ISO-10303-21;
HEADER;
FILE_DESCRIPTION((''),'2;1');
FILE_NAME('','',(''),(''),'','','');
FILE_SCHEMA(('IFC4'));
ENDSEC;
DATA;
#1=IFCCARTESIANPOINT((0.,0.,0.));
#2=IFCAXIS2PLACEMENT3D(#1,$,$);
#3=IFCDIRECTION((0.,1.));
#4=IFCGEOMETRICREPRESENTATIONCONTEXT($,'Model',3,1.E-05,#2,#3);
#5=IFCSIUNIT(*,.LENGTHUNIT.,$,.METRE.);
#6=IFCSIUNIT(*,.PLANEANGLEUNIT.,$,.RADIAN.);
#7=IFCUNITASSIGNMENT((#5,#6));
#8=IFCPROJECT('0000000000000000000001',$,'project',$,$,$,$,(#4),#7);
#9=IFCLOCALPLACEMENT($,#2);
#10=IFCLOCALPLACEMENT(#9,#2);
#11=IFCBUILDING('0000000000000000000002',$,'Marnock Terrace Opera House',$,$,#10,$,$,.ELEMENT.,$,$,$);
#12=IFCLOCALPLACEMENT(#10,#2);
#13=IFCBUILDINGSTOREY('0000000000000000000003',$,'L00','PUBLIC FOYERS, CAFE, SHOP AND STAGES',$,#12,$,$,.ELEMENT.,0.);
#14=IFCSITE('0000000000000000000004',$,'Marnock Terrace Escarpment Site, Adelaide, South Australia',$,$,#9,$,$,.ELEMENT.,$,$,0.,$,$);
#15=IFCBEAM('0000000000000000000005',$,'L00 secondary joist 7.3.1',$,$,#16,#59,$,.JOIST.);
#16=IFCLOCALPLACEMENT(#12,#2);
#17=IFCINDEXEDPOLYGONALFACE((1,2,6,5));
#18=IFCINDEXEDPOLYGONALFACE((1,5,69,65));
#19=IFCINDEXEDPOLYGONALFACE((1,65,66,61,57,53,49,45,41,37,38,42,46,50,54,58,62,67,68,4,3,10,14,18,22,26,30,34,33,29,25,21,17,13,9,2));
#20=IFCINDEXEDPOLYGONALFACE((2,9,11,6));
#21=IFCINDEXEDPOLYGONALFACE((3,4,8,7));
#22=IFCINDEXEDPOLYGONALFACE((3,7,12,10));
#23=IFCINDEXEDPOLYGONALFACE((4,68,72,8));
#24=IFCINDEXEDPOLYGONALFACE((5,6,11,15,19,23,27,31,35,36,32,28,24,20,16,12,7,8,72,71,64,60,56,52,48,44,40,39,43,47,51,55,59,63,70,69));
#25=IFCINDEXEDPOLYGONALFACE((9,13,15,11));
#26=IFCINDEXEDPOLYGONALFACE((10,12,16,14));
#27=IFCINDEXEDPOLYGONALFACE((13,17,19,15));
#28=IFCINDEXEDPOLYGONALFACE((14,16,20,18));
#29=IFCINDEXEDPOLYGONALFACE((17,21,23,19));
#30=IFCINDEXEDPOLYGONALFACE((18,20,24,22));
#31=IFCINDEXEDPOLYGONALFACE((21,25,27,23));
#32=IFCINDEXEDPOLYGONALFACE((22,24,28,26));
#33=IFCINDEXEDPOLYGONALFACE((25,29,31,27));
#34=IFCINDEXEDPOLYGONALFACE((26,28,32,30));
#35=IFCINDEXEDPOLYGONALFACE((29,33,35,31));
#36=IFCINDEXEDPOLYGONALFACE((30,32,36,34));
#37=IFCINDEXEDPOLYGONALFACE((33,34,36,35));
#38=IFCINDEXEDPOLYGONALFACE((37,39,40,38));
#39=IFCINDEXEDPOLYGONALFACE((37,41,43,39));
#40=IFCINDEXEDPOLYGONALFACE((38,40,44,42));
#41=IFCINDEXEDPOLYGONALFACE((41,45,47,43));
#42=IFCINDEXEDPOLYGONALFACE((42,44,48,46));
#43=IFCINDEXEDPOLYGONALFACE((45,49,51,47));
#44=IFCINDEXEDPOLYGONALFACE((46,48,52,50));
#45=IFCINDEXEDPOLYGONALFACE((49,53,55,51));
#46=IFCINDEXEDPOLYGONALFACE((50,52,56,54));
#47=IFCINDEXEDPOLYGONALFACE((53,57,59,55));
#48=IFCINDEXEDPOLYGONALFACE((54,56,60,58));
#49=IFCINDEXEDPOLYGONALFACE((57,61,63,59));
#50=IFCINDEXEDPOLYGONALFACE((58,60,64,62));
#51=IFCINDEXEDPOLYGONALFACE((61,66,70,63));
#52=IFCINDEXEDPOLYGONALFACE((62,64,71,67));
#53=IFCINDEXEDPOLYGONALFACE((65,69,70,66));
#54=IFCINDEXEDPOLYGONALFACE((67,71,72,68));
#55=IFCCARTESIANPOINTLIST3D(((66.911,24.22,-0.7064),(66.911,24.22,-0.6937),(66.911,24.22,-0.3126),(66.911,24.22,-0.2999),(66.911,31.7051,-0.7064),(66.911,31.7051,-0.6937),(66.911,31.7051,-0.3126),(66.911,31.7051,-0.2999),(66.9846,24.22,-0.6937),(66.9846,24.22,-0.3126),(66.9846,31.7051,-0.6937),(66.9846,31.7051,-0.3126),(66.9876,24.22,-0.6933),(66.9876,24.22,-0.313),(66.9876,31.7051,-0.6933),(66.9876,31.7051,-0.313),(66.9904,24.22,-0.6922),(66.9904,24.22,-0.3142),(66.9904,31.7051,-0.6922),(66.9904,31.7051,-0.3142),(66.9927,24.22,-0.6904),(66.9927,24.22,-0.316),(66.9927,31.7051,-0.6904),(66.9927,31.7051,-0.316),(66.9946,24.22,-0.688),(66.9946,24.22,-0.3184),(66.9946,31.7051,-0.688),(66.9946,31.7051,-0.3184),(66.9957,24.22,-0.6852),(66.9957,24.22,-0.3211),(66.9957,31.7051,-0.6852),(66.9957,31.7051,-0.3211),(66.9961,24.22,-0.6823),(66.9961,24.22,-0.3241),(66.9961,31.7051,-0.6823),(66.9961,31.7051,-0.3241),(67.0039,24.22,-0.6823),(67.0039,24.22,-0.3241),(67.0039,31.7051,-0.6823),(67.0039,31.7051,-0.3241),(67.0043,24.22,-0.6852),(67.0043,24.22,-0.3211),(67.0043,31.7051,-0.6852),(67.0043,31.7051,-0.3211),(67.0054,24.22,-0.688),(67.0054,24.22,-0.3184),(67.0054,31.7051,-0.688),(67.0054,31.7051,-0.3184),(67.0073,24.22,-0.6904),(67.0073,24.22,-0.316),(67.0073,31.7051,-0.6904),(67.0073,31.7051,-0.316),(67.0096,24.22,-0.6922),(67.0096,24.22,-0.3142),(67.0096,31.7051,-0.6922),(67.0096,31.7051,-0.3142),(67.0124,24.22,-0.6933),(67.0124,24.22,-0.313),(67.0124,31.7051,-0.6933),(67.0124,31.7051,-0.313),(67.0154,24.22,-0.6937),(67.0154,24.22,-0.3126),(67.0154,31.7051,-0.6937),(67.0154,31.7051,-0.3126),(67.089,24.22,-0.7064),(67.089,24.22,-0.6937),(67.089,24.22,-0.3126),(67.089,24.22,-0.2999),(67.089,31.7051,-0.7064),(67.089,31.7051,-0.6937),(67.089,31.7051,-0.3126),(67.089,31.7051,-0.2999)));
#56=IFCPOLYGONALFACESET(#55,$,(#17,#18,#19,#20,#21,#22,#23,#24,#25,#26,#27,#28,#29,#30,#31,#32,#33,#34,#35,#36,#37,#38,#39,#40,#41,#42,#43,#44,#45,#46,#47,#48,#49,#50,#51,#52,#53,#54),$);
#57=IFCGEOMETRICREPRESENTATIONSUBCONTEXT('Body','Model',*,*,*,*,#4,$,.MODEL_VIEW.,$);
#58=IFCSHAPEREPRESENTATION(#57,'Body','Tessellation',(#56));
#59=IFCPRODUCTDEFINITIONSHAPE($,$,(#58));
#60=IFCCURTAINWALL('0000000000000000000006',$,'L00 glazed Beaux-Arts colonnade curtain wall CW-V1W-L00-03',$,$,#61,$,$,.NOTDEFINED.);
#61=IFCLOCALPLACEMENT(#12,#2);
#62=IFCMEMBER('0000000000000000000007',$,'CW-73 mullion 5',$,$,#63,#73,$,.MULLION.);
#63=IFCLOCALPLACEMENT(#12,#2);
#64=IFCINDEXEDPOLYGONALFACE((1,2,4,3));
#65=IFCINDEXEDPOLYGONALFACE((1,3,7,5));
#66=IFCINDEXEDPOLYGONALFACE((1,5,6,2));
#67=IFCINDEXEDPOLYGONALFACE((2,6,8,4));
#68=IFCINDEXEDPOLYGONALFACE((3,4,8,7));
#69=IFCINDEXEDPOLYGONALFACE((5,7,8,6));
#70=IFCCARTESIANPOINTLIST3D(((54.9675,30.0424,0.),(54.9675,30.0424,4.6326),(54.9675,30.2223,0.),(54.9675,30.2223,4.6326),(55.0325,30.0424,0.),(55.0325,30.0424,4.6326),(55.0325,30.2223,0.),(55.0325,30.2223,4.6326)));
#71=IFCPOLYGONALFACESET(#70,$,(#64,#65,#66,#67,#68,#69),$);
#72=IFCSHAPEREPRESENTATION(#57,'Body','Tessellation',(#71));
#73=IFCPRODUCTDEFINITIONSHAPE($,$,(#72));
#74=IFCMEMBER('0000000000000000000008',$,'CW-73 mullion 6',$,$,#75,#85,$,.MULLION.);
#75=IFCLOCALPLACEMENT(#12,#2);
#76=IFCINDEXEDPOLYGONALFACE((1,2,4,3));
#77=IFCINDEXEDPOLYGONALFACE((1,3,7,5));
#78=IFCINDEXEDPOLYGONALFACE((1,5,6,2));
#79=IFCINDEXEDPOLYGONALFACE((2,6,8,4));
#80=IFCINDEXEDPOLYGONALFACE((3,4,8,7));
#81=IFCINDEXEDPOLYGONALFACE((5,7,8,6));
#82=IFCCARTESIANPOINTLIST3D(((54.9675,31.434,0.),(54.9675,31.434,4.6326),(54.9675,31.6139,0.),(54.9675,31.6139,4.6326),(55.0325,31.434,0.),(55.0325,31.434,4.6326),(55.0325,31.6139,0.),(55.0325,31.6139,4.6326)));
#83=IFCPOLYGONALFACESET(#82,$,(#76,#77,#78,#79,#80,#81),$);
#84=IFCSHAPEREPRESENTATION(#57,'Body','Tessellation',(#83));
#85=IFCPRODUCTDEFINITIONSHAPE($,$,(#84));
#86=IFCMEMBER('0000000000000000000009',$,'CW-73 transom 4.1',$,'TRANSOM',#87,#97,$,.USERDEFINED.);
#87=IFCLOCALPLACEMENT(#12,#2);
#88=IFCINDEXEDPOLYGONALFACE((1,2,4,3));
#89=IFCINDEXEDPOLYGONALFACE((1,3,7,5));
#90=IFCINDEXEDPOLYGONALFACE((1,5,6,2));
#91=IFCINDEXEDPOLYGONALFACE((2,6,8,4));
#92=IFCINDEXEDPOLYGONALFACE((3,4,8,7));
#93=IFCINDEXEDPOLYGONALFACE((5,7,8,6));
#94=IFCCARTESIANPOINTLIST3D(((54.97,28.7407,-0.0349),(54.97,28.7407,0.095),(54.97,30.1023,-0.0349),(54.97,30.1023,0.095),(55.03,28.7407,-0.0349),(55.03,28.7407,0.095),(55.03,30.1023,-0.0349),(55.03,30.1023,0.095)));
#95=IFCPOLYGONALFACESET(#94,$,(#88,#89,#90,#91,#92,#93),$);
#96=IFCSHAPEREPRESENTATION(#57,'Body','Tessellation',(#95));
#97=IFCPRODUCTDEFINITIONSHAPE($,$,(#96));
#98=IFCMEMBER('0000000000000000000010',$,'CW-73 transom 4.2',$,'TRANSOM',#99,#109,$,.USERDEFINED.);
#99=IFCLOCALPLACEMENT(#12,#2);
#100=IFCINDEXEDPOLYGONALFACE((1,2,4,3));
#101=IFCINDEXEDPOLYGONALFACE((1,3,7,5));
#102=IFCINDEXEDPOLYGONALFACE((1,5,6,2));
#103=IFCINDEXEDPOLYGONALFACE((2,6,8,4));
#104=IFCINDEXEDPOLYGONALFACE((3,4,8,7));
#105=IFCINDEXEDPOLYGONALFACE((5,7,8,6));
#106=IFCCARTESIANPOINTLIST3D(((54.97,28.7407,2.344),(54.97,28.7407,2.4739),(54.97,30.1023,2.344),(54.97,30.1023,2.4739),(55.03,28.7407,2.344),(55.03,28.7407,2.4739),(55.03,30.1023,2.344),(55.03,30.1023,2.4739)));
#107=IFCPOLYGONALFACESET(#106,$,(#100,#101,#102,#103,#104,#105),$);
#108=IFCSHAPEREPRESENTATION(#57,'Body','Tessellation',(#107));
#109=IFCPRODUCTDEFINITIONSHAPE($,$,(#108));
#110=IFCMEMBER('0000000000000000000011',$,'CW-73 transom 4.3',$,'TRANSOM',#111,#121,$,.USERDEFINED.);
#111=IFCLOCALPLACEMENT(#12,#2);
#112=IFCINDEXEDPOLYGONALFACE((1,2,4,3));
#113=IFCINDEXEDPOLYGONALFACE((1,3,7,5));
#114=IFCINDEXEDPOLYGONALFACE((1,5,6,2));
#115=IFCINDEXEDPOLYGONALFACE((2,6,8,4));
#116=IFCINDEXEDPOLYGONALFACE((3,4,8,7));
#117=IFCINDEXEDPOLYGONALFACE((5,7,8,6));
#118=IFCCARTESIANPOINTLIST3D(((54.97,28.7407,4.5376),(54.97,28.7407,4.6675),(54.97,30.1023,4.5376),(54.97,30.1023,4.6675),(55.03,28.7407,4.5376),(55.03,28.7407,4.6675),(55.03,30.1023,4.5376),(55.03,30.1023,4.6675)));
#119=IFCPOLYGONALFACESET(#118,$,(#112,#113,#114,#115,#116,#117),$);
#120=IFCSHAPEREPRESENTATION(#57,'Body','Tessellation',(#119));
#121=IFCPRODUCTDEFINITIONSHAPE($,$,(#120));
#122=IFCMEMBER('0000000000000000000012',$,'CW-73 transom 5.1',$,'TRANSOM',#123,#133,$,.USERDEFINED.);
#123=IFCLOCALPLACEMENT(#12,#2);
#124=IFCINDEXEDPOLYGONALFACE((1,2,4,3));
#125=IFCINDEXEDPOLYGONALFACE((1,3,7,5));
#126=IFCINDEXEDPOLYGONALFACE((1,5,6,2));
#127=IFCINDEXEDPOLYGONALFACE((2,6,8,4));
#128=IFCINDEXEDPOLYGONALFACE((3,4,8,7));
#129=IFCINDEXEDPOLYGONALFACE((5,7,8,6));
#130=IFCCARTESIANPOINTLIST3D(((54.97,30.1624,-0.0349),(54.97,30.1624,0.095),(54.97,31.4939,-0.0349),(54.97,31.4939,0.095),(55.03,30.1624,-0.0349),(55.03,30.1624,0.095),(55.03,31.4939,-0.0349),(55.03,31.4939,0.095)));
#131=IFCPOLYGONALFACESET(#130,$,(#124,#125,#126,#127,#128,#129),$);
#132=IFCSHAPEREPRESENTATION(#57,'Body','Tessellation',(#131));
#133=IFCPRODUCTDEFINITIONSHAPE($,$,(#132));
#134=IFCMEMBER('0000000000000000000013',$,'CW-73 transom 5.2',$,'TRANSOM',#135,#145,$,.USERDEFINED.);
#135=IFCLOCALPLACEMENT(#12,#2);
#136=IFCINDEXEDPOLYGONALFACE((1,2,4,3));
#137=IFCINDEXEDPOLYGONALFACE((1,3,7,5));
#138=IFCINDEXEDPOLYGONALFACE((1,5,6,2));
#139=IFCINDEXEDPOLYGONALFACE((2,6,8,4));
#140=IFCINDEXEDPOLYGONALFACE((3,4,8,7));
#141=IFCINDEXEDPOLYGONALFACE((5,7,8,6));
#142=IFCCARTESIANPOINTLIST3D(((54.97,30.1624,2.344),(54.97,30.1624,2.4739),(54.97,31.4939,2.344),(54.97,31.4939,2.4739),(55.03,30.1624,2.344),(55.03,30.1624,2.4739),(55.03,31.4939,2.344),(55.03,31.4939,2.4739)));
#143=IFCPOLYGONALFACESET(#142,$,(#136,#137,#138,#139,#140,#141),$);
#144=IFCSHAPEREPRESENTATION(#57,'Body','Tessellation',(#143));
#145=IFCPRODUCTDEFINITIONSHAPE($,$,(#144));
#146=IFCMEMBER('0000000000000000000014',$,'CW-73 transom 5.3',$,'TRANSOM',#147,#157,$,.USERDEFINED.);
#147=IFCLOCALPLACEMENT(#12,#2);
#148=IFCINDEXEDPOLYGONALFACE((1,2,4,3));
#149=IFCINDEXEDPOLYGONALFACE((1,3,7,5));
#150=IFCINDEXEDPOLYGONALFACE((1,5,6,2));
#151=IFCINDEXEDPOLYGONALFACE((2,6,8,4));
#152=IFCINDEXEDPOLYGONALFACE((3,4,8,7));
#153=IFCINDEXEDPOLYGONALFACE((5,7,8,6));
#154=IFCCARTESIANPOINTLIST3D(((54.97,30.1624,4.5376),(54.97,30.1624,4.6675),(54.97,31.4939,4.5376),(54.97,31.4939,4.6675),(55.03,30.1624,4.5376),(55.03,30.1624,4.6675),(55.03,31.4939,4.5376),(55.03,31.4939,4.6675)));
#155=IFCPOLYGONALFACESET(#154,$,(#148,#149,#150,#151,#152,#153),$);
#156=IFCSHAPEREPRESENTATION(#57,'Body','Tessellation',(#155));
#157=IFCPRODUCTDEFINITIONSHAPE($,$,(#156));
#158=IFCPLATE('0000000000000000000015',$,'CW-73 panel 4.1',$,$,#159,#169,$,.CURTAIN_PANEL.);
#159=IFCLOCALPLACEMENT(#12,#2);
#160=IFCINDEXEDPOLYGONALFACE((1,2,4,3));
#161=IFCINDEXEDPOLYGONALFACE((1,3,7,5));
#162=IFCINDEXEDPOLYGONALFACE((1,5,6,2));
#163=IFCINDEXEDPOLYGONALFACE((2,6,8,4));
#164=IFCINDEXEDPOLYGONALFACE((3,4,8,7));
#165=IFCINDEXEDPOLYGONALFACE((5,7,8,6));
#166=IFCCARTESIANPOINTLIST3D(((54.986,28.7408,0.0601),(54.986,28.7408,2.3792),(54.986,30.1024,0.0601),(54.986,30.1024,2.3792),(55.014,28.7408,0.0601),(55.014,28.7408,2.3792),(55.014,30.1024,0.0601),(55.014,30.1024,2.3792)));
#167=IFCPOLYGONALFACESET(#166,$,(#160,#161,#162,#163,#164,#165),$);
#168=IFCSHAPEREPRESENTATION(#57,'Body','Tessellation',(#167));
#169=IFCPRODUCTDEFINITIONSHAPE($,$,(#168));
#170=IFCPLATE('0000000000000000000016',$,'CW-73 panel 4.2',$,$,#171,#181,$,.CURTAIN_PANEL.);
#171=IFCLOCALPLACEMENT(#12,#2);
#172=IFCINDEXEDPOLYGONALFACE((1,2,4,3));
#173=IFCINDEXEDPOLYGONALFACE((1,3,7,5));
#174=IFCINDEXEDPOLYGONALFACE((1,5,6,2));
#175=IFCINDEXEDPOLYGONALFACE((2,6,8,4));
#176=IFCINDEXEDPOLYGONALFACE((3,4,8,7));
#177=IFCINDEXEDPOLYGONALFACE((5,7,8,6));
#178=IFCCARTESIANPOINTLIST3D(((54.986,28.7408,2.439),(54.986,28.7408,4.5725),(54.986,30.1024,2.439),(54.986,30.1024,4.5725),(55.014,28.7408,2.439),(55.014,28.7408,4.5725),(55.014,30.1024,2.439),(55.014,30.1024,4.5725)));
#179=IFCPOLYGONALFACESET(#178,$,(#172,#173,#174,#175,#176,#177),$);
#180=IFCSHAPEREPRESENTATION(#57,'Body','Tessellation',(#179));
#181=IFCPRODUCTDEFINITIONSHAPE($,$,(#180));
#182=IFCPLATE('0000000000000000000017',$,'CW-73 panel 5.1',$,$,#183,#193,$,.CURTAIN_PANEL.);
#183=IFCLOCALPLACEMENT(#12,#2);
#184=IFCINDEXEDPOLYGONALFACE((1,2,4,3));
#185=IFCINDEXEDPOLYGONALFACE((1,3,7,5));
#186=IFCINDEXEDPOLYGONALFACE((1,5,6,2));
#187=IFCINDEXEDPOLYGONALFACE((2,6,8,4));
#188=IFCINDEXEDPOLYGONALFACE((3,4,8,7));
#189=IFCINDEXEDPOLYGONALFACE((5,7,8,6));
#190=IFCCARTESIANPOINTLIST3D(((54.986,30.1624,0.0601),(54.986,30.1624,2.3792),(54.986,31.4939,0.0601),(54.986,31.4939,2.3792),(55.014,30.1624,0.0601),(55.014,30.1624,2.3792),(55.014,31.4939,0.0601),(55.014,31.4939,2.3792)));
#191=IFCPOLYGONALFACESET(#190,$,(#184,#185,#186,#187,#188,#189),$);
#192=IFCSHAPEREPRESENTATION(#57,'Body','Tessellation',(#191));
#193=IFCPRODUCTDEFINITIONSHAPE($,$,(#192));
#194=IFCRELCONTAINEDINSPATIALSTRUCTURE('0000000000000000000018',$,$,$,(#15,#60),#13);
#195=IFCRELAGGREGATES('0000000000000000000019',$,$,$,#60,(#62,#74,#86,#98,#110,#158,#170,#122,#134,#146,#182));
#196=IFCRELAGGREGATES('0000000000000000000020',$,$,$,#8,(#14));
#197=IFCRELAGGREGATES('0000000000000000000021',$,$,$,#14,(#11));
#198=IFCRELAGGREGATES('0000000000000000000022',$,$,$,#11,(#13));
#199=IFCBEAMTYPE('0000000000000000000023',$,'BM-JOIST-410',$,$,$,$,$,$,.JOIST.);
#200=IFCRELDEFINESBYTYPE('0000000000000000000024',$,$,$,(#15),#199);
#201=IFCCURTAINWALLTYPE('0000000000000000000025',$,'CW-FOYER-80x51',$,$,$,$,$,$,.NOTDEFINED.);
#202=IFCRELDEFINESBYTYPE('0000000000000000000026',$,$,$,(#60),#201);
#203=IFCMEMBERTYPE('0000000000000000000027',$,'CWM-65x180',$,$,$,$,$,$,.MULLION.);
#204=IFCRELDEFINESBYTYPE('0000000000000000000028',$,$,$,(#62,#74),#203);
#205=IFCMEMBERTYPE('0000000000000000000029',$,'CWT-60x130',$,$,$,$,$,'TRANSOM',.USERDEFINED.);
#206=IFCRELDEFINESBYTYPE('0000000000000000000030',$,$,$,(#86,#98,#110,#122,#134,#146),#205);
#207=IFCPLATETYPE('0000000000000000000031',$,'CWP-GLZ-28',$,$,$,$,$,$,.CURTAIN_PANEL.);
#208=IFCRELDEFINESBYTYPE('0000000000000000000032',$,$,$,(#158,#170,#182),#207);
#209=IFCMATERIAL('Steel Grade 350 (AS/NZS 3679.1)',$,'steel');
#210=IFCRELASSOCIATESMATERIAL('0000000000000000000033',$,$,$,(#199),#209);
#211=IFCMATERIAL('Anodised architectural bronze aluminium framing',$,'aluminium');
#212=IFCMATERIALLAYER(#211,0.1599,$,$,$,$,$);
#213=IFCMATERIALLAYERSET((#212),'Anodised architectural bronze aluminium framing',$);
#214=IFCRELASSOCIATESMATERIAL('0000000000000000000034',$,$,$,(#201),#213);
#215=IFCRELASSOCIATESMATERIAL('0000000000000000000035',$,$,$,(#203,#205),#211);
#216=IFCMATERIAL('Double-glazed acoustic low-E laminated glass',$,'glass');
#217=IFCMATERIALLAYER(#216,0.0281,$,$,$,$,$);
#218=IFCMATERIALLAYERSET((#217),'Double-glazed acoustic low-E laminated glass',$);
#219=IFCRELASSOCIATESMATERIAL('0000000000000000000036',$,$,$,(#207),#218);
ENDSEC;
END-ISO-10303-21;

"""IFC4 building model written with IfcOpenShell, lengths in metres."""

from ifc_helpers import new_model, si_unit, direction, frame, origin, origin_2d, place, context, subcontext, project, spatial, rectangle, i_section, extrude, material, layer, layer_set, material_profile, profile_set, type_object, element, aggregate, save


model = new_model("IFC4")

# Units and contexts
model_context = context("Model", 3, precision=1e-05, world=origin(), true_north=direction((0.0, 1.0)))
body_context = subcontext(model_context, "Body", "Model", "MODEL_VIEW")
ifc_project = project(units=[si_unit("LENGTHUNIT", "METRE"), si_unit("PLANEANGLEUNIT", "RADIAN")], contexts=[model_context])

# Site, building, storey
site_placement = place(None, origin())
site = spatial("IfcSite", under=ifc_project, at=site_placement, Name="Marnock Terrace Escarpment Site, Adelaide, South Australia", CompositionType="ELEMENT", RefElevation=0.0)
building_placement = place(site_placement, origin())
building = spatial("IfcBuilding", under=site, at=building_placement, Name="Marnock Terrace Opera House", CompositionType="ELEMENT")
storey_placement = place(building_placement, origin())
storey = spatial("IfcBuildingStorey", under=building, at=storey_placement, Name="L00", Description="PUBLIC FOYERS, CAFE, SHOP AND STAGES", CompositionType="ELEMENT", Elevation=0.0)

# Beam
ifc_material_1 = material(Name="Steel Grade 350 (AS/NZS 3679.1)", Category="steel")
ifc_material_profile_1 = material_profile(ifc_material_1, i_section(OverallWidth=0.178, OverallDepth=0.4065, WebThickness=0.0078, FlangeThickness=0.0127, FilletRadius=0.0115, at=origin_2d()))
ifc_profile_set_1 = profile_set([ifc_material_profile_1], Name="Steel Grade 350 (AS/NZS 3679.1)")
beam_type_1 = type_object("IfcBeamType", Name="BM-JOIST-410", PredefinedType="JOIST", material=ifc_profile_set_1)
beam_1_placement = place(storey_placement, frame((67.0, 24.22, -0.5032), z_axis=(0.0, 1.0, 0.0), x_axis=(-1.0, 0.0, 0.0)))
element("IfcBeam", 1, at=beam_1_placement, inside=storey, type_object=beam_type_1, Name="L00 secondary joist 7.3.1", PredefinedType="JOIST", context=body_context, shape_type="SweptSolid", body=[
    extrude(i_section(OverallWidth=0.178, OverallDepth=0.4065, WebThickness=0.0078, FlangeThickness=0.0127, FilletRadius=0.0115, at=origin_2d()), origin(), (0.0, 0.0, 1.0), 7.4851),
])

# Curtain wall, members, plates
ifc_material_2 = material(Name="Anodised architectural bronze aluminium framing", Category="aluminium")
ifc_layer_1 = layer(ifc_material_2, 0.1599)
ifc_layer_set_1 = layer_set([ifc_layer_1], Name="Anodised architectural bronze aluminium framing")
curtain_wall_type = type_object("IfcCurtainWallType", Name="CW-FOYER-80x51", PredefinedType="NOTDEFINED", material=ifc_layer_set_1)
curtain_wall_placement = place(storey_placement, origin())
curtain_wall = element("IfcCurtainWall", 2, at=curtain_wall_placement, inside=storey, type_object=curtain_wall_type, Name="L00 glazed Beaux-Arts colonnade curtain wall CW-V1W-L00-03", PredefinedType="NOTDEFINED")
ifc_material_profile_2 = material_profile(ifc_material_2, rectangle(XDim=0.0649, YDim=0.1799, at=origin_2d()))
ifc_profile_set_2 = profile_set([ifc_material_profile_2], Name="Anodised architectural bronze aluminium framing")
member_type_1 = type_object("IfcMemberType", Name="CWM-65x180", PredefinedType="MULLION", material=ifc_profile_set_2)
member_1_placement = place(storey_placement, frame((55.0, 30.1323, 0.0), z_axis=(0.0, 0.0, 1.0), x_axis=(-1.0, 0.0, 0.0)))
member_1 = element("IfcMember", 3, at=member_1_placement, type_object=member_type_1, Name="CW-73 mullion 5", PredefinedType="MULLION", context=body_context, shape_type="SweptSolid", body=[
    extrude(rectangle(XDim=0.0649, YDim=0.1799, at=origin_2d()), origin(), (0.0, 0.0, 1.0), 4.6326),
])
member_2_placement = place(storey_placement, frame((55.0, 31.5239, 0.0), z_axis=(0.0, 0.0, 1.0), x_axis=(-1.0, 0.0, 0.0)))
member_2 = element("IfcMember", 4, at=member_2_placement, type_object=member_type_1, Name="CW-73 mullion 6", PredefinedType="MULLION", context=body_context, shape_type="SweptSolid", body=[
    extrude(rectangle(XDim=0.0649, YDim=0.1799, at=origin_2d()), origin(), (0.0, 0.0, 1.0), 4.6326),
])
ifc_material_profile_3 = material_profile(ifc_material_2, rectangle(XDim=0.0601, YDim=0.1299, at=origin_2d()))
ifc_profile_set_3 = profile_set([ifc_material_profile_3], Name="Anodised architectural bronze aluminium framing")
member_type_2 = type_object("IfcMemberType", Name="CWT-60x130", ElementType="TRANSOM", PredefinedType="USERDEFINED", material=ifc_profile_set_3)
member_3_placement = place(storey_placement, frame((55.0, 28.7407, 0.03), z_axis=(0.0, 1.0, 0.0), x_axis=(-1.0, 0.0, 0.0)))
member_3 = element("IfcMember", 5, at=member_3_placement, type_object=member_type_2, Name="CW-73 transom 4.1", ObjectType="TRANSOM", PredefinedType="USERDEFINED", context=body_context, shape_type="SweptSolid", body=[
    extrude(rectangle(XDim=0.0601, YDim=0.1299, at=origin_2d()), origin(), (0.0, 0.0, 1.0), 1.3616),
])
member_4_placement = place(storey_placement, frame((55.0, 28.7407, 2.4089), z_axis=(0.0, 1.0, 0.0), x_axis=(-1.0, 0.0, 0.0)))
member_4 = element("IfcMember", 6, at=member_4_placement, type_object=member_type_2, Name="CW-73 transom 4.2", ObjectType="TRANSOM", PredefinedType="USERDEFINED", context=body_context, shape_type="SweptSolid", body=[
    extrude(rectangle(XDim=0.0601, YDim=0.1299, at=origin_2d()), origin(), (0.0, 0.0, 1.0), 1.3616),
])
member_5_placement = place(storey_placement, frame((55.0, 28.7407, 4.6025), z_axis=(0.0, 1.0, 0.0), x_axis=(-1.0, 0.0, 0.0)))
member_5 = element("IfcMember", 7, at=member_5_placement, type_object=member_type_2, Name="CW-73 transom 4.3", ObjectType="TRANSOM", PredefinedType="USERDEFINED", context=body_context, shape_type="SweptSolid", body=[
    extrude(rectangle(XDim=0.0601, YDim=0.1299, at=origin_2d()), origin(), (0.0, 0.0, 1.0), 1.3616),
])
member_6_placement = place(storey_placement, frame((55.0, 30.1624, 0.03), z_axis=(0.0, 1.0, 0.0), x_axis=(-1.0, 0.0, 0.0)))
member_6 = element("IfcMember", 8, at=member_6_placement, type_object=member_type_2, Name="CW-73 transom 5.1", ObjectType="TRANSOM", PredefinedType="USERDEFINED", context=body_context, shape_type="SweptSolid", body=[
    extrude(rectangle(XDim=0.0601, YDim=0.1299, at=origin_2d()), origin(), (0.0, 0.0, 1.0), 1.3315),
])
member_7_placement = place(storey_placement, frame((55.0, 30.1624, 2.4089), z_axis=(0.0, 1.0, 0.0), x_axis=(-1.0, 0.0, 0.0)))
member_7 = element("IfcMember", 9, at=member_7_placement, type_object=member_type_2, Name="CW-73 transom 5.2", ObjectType="TRANSOM", PredefinedType="USERDEFINED", context=body_context, shape_type="SweptSolid", body=[
    extrude(rectangle(XDim=0.0601, YDim=0.1299, at=origin_2d()), origin(), (0.0, 0.0, 1.0), 1.3315),
])
member_8_placement = place(storey_placement, frame((55.0, 30.1624, 4.6025), z_axis=(0.0, 1.0, 0.0), x_axis=(-1.0, 0.0, 0.0)))
member_8 = element("IfcMember", 10, at=member_8_placement, type_object=member_type_2, Name="CW-73 transom 5.3", ObjectType="TRANSOM", PredefinedType="USERDEFINED", context=body_context, shape_type="SweptSolid", body=[
    extrude(rectangle(XDim=0.0601, YDim=0.1299, at=origin_2d()), origin(), (0.0, 0.0, 1.0), 1.3315),
])
ifc_material_3 = material(Name="Double-glazed acoustic low-E laminated glass", Category="glass")
ifc_layer_2 = layer(ifc_material_3, 0.0281)
ifc_layer_set_2 = layer_set([ifc_layer_2], Name="Double-glazed acoustic low-E laminated glass")
plate_type = type_object("IfcPlateType", Name="CWP-GLZ-28", PredefinedType="CURTAIN_PANEL", material=ifc_layer_set_2)
plate_1_placement = place(storey_placement, frame((55.0, 29.4216, 0.0601), z_axis=(0.0, 0.0, 1.0), x_axis=(0.0, 1.0, 0.0)))
plate_1 = element("IfcPlate", 11, at=plate_1_placement, type_object=plate_type, Name="CW-73 panel 4.1", PredefinedType="CURTAIN_PANEL", context=body_context, shape_type="SweptSolid", body=[
    extrude(rectangle(XDim=1.3616, YDim=0.0281, at=origin_2d()), origin(), (0.0, 0.0, 1.0), 2.3191),
])
plate_2_placement = place(storey_placement, frame((55.0, 29.4216, 2.439), z_axis=(0.0, 0.0, 1.0), x_axis=(0.0, 1.0, 0.0)))
plate_2 = element("IfcPlate", 12, at=plate_2_placement, type_object=plate_type, Name="CW-73 panel 4.2", PredefinedType="CURTAIN_PANEL", context=body_context, shape_type="SweptSolid", body=[
    extrude(rectangle(XDim=1.3616, YDim=0.0281, at=origin_2d()), origin(), (0.0, 0.0, 1.0), 2.1335),
])
plate_3_placement = place(storey_placement, frame((55.0, 30.8281, 0.0601), z_axis=(0.0, 0.0, 1.0), x_axis=(0.0, 1.0, 0.0)))
plate_3 = element("IfcPlate", 13, at=plate_3_placement, type_object=plate_type, Name="CW-73 panel 5.1", PredefinedType="CURTAIN_PANEL", context=body_context, shape_type="SweptSolid", body=[
    extrude(rectangle(XDim=1.3315, YDim=0.0281, at=origin_2d()), origin(), (0.0, 0.0, 1.0), 2.3191),
])
aggregate(curtain_wall, [member_1, member_2, member_3, member_4, member_5, plate_1, plate_2, member_6, member_7, member_8, plate_3])

save(model, "model.ifc")
